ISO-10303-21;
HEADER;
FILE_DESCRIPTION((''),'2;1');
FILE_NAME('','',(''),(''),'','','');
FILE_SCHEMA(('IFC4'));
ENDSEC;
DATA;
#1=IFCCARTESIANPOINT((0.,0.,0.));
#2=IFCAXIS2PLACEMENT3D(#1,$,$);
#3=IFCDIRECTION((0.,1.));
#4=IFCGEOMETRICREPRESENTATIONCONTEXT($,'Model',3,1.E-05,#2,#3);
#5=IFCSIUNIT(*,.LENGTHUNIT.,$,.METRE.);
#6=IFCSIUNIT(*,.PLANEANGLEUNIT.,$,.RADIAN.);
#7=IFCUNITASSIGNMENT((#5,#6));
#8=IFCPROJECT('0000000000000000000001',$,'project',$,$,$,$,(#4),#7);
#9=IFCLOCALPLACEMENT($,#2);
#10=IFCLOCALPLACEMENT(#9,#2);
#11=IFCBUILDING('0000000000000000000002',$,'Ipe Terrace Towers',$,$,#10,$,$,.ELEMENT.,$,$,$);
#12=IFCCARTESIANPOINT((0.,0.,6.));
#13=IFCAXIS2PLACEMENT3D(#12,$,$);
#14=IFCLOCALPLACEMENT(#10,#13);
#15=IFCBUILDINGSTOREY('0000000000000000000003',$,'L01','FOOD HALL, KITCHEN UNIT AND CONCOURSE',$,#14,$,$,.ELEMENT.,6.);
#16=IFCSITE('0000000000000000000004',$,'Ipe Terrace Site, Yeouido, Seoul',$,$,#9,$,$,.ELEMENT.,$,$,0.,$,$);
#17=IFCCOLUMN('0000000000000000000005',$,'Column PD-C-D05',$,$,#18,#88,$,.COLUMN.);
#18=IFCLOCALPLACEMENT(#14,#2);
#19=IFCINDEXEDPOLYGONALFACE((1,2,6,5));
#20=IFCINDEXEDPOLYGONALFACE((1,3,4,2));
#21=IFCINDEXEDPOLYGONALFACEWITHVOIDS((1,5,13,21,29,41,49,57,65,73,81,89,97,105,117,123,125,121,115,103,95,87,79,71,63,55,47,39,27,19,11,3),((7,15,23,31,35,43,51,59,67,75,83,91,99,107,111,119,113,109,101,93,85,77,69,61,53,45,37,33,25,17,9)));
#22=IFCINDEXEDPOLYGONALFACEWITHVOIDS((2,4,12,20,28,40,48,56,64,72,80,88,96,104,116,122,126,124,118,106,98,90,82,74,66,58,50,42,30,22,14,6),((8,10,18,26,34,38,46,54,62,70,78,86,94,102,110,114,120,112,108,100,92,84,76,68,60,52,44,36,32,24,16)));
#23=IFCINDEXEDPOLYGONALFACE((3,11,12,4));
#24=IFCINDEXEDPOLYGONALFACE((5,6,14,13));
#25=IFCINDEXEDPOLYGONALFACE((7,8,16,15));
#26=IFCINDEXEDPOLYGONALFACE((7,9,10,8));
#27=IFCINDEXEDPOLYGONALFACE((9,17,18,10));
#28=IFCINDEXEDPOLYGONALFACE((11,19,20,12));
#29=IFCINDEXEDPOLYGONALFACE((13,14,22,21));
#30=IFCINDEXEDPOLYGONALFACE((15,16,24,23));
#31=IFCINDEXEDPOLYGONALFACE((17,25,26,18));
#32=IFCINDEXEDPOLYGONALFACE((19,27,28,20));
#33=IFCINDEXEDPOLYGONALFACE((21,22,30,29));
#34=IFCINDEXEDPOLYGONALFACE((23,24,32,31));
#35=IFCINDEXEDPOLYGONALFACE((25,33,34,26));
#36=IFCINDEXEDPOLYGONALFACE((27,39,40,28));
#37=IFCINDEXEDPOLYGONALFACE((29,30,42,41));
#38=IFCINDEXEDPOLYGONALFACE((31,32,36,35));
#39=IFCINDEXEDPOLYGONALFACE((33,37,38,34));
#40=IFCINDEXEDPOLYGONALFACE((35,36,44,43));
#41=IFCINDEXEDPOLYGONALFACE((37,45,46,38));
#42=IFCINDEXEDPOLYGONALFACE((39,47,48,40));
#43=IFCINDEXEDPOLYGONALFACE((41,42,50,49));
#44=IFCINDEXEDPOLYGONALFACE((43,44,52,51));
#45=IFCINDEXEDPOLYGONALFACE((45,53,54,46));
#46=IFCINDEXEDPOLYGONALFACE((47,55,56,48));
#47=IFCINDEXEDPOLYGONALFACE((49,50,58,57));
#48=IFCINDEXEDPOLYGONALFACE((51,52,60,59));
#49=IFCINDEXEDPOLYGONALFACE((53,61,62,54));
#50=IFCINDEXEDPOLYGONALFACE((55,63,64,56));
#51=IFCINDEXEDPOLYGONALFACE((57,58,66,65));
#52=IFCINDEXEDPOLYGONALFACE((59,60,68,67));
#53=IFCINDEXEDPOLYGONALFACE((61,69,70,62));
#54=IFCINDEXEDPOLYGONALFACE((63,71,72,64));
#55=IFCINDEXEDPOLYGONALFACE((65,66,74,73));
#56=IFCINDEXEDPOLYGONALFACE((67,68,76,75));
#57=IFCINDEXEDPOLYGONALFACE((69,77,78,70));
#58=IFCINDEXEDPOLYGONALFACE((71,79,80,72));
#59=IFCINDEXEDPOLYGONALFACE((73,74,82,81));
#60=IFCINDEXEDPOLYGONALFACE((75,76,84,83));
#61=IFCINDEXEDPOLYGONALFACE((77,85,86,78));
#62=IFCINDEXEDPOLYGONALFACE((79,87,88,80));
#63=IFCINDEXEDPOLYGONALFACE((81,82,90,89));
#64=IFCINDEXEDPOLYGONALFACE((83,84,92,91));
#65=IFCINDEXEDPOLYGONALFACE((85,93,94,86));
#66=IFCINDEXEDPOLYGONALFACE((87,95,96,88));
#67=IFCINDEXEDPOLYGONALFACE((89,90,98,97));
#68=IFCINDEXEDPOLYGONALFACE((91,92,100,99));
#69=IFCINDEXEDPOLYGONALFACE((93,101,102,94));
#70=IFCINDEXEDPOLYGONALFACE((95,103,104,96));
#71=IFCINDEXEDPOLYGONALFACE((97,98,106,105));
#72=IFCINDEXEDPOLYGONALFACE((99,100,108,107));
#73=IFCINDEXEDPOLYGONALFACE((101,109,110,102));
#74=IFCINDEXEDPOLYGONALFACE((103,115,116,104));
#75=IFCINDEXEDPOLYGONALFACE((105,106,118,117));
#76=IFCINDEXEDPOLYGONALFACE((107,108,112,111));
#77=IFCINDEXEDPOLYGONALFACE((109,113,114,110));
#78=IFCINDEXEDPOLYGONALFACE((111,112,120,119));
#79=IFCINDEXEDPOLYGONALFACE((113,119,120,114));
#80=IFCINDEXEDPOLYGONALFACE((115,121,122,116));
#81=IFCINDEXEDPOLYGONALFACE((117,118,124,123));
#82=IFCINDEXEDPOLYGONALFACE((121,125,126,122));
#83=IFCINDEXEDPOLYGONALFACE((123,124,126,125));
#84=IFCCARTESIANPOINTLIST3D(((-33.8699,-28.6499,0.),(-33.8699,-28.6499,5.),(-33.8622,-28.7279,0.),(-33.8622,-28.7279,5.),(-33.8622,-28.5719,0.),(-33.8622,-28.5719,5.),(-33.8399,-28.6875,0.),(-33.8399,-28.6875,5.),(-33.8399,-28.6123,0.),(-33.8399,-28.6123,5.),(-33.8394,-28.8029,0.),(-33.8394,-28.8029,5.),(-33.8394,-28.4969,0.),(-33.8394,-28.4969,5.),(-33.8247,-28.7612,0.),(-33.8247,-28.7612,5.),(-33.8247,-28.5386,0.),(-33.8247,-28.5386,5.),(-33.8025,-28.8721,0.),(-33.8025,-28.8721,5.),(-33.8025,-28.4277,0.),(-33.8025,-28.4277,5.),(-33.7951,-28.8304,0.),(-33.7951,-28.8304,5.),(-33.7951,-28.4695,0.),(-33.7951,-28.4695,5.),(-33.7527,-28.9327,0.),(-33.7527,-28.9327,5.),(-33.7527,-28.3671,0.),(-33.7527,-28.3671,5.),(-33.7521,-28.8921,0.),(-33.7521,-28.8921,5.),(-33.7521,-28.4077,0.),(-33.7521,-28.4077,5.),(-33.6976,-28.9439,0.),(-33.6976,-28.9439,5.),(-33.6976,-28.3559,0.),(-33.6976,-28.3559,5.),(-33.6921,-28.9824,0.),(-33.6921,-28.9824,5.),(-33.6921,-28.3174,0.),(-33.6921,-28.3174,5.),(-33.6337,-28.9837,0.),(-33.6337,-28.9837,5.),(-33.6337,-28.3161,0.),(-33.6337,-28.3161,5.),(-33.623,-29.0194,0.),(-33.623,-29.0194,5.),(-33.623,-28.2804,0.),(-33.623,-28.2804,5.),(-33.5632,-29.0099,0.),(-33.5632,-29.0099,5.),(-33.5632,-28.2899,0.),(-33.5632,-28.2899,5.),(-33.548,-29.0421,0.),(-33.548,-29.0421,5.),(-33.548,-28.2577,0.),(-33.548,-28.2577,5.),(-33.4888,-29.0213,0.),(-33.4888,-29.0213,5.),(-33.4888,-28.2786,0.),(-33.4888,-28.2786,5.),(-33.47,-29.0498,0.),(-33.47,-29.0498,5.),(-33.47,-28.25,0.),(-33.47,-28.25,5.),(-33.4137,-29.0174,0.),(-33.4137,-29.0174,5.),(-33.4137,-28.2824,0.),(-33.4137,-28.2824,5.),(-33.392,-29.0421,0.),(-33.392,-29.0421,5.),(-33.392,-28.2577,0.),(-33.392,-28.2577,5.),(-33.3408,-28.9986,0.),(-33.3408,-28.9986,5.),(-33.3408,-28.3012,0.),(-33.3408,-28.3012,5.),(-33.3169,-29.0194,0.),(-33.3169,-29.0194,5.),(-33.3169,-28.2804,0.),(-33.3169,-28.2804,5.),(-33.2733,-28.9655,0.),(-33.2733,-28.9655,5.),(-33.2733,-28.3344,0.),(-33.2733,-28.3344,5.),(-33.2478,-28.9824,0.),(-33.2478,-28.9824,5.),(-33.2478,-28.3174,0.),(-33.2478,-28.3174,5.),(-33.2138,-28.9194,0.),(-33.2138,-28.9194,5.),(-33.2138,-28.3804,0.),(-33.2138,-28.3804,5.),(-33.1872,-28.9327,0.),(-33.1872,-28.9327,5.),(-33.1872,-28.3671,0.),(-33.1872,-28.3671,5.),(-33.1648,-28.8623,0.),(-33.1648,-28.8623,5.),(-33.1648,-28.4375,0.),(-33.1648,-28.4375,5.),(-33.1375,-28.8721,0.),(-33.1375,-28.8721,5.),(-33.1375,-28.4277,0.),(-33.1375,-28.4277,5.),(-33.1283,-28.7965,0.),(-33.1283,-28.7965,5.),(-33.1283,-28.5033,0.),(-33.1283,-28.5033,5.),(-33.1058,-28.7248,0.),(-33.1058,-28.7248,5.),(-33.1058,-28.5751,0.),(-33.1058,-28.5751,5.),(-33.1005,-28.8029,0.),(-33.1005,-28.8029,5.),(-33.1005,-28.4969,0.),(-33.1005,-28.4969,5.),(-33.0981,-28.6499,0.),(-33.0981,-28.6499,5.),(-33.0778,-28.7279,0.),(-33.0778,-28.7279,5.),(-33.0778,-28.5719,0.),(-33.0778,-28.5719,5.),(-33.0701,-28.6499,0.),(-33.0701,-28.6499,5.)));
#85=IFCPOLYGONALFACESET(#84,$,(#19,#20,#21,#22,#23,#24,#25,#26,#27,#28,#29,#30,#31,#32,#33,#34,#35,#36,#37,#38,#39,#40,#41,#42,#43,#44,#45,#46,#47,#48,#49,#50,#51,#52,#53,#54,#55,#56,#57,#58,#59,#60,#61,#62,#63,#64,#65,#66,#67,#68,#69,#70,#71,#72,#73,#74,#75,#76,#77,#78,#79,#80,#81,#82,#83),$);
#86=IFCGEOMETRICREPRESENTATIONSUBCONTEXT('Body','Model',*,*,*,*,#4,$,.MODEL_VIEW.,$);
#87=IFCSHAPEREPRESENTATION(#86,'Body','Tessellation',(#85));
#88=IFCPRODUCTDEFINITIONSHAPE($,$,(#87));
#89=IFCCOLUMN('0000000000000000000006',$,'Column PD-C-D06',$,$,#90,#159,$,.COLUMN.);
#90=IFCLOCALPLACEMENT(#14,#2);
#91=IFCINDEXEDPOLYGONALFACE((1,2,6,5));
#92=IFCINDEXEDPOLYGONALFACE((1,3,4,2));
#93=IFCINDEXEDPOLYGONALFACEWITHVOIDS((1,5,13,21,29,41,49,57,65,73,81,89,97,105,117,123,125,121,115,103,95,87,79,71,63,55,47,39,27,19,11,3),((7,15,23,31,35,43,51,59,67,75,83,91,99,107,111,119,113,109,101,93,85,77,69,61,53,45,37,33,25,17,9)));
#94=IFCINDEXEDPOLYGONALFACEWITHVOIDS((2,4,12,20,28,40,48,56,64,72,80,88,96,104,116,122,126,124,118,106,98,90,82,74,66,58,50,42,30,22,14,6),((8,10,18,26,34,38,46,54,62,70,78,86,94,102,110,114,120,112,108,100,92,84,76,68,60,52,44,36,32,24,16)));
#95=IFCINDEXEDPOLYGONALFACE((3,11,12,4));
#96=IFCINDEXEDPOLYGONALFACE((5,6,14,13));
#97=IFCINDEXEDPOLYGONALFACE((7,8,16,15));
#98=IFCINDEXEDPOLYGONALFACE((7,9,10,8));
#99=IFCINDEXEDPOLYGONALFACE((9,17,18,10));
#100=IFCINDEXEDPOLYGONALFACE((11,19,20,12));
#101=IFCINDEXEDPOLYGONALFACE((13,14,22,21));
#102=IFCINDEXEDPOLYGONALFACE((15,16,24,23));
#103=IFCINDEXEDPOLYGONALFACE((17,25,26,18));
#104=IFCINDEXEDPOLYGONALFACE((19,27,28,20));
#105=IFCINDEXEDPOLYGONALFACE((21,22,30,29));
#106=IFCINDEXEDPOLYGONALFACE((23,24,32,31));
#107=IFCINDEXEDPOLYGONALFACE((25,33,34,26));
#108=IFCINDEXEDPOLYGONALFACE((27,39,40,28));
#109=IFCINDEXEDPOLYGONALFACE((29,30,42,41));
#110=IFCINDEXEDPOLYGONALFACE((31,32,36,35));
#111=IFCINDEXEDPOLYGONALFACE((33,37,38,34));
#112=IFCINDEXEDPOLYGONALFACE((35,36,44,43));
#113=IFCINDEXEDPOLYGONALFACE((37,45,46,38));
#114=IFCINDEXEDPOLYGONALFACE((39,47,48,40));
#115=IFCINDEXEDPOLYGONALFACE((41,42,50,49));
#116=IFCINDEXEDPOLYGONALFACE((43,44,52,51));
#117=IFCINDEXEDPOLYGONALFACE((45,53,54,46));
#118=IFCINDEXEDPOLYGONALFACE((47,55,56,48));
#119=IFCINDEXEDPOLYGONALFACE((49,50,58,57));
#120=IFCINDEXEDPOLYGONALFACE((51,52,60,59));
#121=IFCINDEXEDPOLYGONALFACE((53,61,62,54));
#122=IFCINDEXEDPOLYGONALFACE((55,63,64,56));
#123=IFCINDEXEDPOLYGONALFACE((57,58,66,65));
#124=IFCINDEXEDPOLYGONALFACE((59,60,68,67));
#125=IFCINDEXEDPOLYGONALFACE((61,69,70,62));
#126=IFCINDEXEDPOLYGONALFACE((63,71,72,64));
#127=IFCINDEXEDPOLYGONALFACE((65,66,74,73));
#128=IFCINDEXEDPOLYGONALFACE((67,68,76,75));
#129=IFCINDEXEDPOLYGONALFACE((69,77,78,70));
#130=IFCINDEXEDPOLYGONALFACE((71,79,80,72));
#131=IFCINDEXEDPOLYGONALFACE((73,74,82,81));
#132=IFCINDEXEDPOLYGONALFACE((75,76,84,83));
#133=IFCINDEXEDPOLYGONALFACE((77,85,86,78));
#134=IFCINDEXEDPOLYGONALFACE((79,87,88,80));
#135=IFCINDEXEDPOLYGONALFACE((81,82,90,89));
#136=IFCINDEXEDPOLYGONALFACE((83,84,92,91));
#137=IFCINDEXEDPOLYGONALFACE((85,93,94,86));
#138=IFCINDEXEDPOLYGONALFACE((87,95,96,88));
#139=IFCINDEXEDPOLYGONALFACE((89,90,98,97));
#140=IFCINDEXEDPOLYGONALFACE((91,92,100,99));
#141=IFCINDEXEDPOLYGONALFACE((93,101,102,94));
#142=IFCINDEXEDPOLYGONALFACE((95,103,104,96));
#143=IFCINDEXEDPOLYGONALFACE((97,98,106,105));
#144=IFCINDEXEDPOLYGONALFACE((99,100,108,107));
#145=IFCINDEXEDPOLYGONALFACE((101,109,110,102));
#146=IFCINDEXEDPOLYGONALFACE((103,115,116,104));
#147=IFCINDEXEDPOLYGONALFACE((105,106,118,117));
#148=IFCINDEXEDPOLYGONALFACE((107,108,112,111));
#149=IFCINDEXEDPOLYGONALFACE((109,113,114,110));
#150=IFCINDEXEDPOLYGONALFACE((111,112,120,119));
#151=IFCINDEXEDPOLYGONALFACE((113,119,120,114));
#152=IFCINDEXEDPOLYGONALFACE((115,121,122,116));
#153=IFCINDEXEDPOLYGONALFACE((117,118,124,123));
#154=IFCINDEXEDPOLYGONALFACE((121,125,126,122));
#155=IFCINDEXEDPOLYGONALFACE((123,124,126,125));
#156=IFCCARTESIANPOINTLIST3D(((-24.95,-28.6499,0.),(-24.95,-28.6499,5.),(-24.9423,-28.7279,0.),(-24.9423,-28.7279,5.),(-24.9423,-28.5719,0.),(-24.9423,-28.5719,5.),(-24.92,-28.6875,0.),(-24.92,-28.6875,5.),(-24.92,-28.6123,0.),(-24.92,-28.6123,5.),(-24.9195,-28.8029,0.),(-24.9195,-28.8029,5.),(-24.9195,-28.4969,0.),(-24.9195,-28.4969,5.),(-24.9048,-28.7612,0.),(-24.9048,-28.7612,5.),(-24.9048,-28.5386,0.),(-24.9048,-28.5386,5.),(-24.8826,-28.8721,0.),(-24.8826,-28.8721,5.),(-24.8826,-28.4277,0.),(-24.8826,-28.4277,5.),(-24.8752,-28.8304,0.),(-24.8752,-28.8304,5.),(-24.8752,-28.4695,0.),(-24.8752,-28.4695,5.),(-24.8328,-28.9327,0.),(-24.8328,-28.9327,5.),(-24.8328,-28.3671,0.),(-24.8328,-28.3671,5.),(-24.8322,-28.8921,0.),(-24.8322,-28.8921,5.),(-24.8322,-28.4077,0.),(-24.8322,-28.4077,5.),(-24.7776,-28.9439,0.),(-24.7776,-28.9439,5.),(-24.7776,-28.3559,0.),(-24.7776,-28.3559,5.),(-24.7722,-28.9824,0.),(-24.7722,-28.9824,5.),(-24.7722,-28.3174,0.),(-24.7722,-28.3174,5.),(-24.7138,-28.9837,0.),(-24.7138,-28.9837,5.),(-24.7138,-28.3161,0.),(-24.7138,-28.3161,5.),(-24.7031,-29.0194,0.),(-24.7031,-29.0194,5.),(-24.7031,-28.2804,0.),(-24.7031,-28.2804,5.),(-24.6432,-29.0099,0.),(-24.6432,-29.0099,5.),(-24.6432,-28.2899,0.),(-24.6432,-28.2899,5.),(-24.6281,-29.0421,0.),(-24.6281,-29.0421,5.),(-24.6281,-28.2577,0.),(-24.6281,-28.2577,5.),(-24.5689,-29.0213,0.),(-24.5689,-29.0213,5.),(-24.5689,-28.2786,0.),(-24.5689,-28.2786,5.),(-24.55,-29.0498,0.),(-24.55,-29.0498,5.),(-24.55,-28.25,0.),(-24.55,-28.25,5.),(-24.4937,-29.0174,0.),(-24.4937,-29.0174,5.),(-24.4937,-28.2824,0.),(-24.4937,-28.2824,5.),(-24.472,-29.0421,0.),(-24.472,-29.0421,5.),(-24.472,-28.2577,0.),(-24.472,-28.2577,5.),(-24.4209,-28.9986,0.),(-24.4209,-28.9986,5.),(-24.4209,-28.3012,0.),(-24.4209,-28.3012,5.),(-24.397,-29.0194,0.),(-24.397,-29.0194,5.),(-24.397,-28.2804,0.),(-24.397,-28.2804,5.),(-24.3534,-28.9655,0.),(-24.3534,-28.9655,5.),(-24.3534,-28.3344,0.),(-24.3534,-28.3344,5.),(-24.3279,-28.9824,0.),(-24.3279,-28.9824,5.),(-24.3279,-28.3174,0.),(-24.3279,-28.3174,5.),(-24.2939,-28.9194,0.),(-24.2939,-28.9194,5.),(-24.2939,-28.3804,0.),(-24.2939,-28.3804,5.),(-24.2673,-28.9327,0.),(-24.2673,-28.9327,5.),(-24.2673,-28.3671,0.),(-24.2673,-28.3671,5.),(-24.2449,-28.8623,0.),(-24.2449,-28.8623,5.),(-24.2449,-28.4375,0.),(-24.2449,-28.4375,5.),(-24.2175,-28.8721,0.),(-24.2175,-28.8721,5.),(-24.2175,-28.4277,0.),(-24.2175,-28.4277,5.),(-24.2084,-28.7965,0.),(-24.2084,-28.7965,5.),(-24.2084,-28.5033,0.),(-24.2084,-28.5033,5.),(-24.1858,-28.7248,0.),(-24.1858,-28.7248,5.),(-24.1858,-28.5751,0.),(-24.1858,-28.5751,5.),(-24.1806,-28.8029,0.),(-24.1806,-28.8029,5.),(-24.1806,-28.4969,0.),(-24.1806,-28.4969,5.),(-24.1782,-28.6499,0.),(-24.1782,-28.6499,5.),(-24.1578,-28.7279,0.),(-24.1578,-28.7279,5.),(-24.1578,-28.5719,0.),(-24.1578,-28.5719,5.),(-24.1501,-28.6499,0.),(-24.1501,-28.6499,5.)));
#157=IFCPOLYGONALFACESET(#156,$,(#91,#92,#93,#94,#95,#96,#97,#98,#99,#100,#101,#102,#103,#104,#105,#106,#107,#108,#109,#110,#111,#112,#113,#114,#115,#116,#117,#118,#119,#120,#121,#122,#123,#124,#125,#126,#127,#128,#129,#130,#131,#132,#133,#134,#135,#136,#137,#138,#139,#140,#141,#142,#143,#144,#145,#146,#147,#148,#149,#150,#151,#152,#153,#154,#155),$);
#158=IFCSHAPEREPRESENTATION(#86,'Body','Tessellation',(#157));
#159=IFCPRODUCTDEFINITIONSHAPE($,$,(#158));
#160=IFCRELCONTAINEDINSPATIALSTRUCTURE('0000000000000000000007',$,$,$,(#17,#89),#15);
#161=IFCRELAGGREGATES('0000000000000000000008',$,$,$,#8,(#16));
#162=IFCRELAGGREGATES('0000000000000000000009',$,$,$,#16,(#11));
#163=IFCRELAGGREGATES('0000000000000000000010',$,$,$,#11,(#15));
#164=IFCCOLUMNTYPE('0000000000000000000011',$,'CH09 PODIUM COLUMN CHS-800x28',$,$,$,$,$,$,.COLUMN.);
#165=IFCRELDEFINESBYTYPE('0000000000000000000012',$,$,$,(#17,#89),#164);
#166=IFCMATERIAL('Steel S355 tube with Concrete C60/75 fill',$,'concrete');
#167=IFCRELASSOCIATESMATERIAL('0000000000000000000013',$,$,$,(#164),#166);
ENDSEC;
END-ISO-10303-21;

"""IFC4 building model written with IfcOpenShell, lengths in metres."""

from ifc_helpers import new_model, si_unit, direction, frame, origin, origin_2d, place, context, subcontext, project, spatial, hollow_circle, extrude, material, material_profile, profile_set, type_object, element, save


model = new_model("IFC4")

# Units and contexts
model_context = context("Model", 3, precision=1e-05, world=origin(), true_north=direction((0.0, 1.0)))
body_context = subcontext(model_context, "Body", "Model", "MODEL_VIEW")
ifc_project = project(units=[si_unit("LENGTHUNIT", "METRE"), si_unit("PLANEANGLEUNIT", "RADIAN")], contexts=[model_context])

# Site, building, storey
site_placement = place(None, origin())
site = spatial("IfcSite", under=ifc_project, at=site_placement, Name="Ipe Terrace Site, Yeouido, Seoul", CompositionType="ELEMENT", RefElevation=0.0)
building_placement = place(site_placement, origin())
building = spatial("IfcBuilding", under=site, at=building_placement, Name="Ipe Terrace Towers", CompositionType="ELEMENT")
storey_placement = place(building_placement, frame((0.0, 0.0, 6.0)))
storey = spatial("IfcBuildingStorey", under=building, at=storey_placement, Name="L01", Description="FOOD HALL, KITCHEN UNIT AND CONCOURSE", CompositionType="ELEMENT", Elevation=6.0)

# Columns
ifc_material_1 = material(Name="Steel S355 tube with Concrete C60/75 fill", Category="concrete")
ifc_material_profile_1 = material_profile(ifc_material_1, hollow_circle(Radius=0.3999, WallThickness=0.0281, at=origin_2d()), Name="CHS-800x28")
ifc_profile_set_1 = profile_set([ifc_material_profile_1], Name="Steel S355 tube with Concrete C60/75 fill")
column_type = type_object("IfcColumnType", Name="CH09 PODIUM COLUMN CHS-800x28", PredefinedType="COLUMN", material=ifc_profile_set_1)
for number, where, z_axis, x_axis, name in (
    (1, (-33.47, -28.6499, 0.0), (0.0, 0.0, 1.0), (1.0, 0.0, 0.0), "Column PD-C-D05"),
    (2, (-24.55, -28.6499, 0.0), (0.0, 0.0, 1.0), (1.0, 0.0, 0.0), "Column PD-C-D06"),
):
    element("IfcColumn", number, at=place(storey_placement, frame(where, z_axis=z_axis, x_axis=x_axis)), inside=storey, type_object=column_type, Name=name, PredefinedType="COLUMN", context=body_context, shape_type="SweptSolid", body=[
        extrude(hollow_circle(Radius=0.3999, WallThickness=0.0281, at=origin_2d()), origin(), (0.0, 0.0, 1.0), 5.0),
    ])

save(model, "model.ifc")
